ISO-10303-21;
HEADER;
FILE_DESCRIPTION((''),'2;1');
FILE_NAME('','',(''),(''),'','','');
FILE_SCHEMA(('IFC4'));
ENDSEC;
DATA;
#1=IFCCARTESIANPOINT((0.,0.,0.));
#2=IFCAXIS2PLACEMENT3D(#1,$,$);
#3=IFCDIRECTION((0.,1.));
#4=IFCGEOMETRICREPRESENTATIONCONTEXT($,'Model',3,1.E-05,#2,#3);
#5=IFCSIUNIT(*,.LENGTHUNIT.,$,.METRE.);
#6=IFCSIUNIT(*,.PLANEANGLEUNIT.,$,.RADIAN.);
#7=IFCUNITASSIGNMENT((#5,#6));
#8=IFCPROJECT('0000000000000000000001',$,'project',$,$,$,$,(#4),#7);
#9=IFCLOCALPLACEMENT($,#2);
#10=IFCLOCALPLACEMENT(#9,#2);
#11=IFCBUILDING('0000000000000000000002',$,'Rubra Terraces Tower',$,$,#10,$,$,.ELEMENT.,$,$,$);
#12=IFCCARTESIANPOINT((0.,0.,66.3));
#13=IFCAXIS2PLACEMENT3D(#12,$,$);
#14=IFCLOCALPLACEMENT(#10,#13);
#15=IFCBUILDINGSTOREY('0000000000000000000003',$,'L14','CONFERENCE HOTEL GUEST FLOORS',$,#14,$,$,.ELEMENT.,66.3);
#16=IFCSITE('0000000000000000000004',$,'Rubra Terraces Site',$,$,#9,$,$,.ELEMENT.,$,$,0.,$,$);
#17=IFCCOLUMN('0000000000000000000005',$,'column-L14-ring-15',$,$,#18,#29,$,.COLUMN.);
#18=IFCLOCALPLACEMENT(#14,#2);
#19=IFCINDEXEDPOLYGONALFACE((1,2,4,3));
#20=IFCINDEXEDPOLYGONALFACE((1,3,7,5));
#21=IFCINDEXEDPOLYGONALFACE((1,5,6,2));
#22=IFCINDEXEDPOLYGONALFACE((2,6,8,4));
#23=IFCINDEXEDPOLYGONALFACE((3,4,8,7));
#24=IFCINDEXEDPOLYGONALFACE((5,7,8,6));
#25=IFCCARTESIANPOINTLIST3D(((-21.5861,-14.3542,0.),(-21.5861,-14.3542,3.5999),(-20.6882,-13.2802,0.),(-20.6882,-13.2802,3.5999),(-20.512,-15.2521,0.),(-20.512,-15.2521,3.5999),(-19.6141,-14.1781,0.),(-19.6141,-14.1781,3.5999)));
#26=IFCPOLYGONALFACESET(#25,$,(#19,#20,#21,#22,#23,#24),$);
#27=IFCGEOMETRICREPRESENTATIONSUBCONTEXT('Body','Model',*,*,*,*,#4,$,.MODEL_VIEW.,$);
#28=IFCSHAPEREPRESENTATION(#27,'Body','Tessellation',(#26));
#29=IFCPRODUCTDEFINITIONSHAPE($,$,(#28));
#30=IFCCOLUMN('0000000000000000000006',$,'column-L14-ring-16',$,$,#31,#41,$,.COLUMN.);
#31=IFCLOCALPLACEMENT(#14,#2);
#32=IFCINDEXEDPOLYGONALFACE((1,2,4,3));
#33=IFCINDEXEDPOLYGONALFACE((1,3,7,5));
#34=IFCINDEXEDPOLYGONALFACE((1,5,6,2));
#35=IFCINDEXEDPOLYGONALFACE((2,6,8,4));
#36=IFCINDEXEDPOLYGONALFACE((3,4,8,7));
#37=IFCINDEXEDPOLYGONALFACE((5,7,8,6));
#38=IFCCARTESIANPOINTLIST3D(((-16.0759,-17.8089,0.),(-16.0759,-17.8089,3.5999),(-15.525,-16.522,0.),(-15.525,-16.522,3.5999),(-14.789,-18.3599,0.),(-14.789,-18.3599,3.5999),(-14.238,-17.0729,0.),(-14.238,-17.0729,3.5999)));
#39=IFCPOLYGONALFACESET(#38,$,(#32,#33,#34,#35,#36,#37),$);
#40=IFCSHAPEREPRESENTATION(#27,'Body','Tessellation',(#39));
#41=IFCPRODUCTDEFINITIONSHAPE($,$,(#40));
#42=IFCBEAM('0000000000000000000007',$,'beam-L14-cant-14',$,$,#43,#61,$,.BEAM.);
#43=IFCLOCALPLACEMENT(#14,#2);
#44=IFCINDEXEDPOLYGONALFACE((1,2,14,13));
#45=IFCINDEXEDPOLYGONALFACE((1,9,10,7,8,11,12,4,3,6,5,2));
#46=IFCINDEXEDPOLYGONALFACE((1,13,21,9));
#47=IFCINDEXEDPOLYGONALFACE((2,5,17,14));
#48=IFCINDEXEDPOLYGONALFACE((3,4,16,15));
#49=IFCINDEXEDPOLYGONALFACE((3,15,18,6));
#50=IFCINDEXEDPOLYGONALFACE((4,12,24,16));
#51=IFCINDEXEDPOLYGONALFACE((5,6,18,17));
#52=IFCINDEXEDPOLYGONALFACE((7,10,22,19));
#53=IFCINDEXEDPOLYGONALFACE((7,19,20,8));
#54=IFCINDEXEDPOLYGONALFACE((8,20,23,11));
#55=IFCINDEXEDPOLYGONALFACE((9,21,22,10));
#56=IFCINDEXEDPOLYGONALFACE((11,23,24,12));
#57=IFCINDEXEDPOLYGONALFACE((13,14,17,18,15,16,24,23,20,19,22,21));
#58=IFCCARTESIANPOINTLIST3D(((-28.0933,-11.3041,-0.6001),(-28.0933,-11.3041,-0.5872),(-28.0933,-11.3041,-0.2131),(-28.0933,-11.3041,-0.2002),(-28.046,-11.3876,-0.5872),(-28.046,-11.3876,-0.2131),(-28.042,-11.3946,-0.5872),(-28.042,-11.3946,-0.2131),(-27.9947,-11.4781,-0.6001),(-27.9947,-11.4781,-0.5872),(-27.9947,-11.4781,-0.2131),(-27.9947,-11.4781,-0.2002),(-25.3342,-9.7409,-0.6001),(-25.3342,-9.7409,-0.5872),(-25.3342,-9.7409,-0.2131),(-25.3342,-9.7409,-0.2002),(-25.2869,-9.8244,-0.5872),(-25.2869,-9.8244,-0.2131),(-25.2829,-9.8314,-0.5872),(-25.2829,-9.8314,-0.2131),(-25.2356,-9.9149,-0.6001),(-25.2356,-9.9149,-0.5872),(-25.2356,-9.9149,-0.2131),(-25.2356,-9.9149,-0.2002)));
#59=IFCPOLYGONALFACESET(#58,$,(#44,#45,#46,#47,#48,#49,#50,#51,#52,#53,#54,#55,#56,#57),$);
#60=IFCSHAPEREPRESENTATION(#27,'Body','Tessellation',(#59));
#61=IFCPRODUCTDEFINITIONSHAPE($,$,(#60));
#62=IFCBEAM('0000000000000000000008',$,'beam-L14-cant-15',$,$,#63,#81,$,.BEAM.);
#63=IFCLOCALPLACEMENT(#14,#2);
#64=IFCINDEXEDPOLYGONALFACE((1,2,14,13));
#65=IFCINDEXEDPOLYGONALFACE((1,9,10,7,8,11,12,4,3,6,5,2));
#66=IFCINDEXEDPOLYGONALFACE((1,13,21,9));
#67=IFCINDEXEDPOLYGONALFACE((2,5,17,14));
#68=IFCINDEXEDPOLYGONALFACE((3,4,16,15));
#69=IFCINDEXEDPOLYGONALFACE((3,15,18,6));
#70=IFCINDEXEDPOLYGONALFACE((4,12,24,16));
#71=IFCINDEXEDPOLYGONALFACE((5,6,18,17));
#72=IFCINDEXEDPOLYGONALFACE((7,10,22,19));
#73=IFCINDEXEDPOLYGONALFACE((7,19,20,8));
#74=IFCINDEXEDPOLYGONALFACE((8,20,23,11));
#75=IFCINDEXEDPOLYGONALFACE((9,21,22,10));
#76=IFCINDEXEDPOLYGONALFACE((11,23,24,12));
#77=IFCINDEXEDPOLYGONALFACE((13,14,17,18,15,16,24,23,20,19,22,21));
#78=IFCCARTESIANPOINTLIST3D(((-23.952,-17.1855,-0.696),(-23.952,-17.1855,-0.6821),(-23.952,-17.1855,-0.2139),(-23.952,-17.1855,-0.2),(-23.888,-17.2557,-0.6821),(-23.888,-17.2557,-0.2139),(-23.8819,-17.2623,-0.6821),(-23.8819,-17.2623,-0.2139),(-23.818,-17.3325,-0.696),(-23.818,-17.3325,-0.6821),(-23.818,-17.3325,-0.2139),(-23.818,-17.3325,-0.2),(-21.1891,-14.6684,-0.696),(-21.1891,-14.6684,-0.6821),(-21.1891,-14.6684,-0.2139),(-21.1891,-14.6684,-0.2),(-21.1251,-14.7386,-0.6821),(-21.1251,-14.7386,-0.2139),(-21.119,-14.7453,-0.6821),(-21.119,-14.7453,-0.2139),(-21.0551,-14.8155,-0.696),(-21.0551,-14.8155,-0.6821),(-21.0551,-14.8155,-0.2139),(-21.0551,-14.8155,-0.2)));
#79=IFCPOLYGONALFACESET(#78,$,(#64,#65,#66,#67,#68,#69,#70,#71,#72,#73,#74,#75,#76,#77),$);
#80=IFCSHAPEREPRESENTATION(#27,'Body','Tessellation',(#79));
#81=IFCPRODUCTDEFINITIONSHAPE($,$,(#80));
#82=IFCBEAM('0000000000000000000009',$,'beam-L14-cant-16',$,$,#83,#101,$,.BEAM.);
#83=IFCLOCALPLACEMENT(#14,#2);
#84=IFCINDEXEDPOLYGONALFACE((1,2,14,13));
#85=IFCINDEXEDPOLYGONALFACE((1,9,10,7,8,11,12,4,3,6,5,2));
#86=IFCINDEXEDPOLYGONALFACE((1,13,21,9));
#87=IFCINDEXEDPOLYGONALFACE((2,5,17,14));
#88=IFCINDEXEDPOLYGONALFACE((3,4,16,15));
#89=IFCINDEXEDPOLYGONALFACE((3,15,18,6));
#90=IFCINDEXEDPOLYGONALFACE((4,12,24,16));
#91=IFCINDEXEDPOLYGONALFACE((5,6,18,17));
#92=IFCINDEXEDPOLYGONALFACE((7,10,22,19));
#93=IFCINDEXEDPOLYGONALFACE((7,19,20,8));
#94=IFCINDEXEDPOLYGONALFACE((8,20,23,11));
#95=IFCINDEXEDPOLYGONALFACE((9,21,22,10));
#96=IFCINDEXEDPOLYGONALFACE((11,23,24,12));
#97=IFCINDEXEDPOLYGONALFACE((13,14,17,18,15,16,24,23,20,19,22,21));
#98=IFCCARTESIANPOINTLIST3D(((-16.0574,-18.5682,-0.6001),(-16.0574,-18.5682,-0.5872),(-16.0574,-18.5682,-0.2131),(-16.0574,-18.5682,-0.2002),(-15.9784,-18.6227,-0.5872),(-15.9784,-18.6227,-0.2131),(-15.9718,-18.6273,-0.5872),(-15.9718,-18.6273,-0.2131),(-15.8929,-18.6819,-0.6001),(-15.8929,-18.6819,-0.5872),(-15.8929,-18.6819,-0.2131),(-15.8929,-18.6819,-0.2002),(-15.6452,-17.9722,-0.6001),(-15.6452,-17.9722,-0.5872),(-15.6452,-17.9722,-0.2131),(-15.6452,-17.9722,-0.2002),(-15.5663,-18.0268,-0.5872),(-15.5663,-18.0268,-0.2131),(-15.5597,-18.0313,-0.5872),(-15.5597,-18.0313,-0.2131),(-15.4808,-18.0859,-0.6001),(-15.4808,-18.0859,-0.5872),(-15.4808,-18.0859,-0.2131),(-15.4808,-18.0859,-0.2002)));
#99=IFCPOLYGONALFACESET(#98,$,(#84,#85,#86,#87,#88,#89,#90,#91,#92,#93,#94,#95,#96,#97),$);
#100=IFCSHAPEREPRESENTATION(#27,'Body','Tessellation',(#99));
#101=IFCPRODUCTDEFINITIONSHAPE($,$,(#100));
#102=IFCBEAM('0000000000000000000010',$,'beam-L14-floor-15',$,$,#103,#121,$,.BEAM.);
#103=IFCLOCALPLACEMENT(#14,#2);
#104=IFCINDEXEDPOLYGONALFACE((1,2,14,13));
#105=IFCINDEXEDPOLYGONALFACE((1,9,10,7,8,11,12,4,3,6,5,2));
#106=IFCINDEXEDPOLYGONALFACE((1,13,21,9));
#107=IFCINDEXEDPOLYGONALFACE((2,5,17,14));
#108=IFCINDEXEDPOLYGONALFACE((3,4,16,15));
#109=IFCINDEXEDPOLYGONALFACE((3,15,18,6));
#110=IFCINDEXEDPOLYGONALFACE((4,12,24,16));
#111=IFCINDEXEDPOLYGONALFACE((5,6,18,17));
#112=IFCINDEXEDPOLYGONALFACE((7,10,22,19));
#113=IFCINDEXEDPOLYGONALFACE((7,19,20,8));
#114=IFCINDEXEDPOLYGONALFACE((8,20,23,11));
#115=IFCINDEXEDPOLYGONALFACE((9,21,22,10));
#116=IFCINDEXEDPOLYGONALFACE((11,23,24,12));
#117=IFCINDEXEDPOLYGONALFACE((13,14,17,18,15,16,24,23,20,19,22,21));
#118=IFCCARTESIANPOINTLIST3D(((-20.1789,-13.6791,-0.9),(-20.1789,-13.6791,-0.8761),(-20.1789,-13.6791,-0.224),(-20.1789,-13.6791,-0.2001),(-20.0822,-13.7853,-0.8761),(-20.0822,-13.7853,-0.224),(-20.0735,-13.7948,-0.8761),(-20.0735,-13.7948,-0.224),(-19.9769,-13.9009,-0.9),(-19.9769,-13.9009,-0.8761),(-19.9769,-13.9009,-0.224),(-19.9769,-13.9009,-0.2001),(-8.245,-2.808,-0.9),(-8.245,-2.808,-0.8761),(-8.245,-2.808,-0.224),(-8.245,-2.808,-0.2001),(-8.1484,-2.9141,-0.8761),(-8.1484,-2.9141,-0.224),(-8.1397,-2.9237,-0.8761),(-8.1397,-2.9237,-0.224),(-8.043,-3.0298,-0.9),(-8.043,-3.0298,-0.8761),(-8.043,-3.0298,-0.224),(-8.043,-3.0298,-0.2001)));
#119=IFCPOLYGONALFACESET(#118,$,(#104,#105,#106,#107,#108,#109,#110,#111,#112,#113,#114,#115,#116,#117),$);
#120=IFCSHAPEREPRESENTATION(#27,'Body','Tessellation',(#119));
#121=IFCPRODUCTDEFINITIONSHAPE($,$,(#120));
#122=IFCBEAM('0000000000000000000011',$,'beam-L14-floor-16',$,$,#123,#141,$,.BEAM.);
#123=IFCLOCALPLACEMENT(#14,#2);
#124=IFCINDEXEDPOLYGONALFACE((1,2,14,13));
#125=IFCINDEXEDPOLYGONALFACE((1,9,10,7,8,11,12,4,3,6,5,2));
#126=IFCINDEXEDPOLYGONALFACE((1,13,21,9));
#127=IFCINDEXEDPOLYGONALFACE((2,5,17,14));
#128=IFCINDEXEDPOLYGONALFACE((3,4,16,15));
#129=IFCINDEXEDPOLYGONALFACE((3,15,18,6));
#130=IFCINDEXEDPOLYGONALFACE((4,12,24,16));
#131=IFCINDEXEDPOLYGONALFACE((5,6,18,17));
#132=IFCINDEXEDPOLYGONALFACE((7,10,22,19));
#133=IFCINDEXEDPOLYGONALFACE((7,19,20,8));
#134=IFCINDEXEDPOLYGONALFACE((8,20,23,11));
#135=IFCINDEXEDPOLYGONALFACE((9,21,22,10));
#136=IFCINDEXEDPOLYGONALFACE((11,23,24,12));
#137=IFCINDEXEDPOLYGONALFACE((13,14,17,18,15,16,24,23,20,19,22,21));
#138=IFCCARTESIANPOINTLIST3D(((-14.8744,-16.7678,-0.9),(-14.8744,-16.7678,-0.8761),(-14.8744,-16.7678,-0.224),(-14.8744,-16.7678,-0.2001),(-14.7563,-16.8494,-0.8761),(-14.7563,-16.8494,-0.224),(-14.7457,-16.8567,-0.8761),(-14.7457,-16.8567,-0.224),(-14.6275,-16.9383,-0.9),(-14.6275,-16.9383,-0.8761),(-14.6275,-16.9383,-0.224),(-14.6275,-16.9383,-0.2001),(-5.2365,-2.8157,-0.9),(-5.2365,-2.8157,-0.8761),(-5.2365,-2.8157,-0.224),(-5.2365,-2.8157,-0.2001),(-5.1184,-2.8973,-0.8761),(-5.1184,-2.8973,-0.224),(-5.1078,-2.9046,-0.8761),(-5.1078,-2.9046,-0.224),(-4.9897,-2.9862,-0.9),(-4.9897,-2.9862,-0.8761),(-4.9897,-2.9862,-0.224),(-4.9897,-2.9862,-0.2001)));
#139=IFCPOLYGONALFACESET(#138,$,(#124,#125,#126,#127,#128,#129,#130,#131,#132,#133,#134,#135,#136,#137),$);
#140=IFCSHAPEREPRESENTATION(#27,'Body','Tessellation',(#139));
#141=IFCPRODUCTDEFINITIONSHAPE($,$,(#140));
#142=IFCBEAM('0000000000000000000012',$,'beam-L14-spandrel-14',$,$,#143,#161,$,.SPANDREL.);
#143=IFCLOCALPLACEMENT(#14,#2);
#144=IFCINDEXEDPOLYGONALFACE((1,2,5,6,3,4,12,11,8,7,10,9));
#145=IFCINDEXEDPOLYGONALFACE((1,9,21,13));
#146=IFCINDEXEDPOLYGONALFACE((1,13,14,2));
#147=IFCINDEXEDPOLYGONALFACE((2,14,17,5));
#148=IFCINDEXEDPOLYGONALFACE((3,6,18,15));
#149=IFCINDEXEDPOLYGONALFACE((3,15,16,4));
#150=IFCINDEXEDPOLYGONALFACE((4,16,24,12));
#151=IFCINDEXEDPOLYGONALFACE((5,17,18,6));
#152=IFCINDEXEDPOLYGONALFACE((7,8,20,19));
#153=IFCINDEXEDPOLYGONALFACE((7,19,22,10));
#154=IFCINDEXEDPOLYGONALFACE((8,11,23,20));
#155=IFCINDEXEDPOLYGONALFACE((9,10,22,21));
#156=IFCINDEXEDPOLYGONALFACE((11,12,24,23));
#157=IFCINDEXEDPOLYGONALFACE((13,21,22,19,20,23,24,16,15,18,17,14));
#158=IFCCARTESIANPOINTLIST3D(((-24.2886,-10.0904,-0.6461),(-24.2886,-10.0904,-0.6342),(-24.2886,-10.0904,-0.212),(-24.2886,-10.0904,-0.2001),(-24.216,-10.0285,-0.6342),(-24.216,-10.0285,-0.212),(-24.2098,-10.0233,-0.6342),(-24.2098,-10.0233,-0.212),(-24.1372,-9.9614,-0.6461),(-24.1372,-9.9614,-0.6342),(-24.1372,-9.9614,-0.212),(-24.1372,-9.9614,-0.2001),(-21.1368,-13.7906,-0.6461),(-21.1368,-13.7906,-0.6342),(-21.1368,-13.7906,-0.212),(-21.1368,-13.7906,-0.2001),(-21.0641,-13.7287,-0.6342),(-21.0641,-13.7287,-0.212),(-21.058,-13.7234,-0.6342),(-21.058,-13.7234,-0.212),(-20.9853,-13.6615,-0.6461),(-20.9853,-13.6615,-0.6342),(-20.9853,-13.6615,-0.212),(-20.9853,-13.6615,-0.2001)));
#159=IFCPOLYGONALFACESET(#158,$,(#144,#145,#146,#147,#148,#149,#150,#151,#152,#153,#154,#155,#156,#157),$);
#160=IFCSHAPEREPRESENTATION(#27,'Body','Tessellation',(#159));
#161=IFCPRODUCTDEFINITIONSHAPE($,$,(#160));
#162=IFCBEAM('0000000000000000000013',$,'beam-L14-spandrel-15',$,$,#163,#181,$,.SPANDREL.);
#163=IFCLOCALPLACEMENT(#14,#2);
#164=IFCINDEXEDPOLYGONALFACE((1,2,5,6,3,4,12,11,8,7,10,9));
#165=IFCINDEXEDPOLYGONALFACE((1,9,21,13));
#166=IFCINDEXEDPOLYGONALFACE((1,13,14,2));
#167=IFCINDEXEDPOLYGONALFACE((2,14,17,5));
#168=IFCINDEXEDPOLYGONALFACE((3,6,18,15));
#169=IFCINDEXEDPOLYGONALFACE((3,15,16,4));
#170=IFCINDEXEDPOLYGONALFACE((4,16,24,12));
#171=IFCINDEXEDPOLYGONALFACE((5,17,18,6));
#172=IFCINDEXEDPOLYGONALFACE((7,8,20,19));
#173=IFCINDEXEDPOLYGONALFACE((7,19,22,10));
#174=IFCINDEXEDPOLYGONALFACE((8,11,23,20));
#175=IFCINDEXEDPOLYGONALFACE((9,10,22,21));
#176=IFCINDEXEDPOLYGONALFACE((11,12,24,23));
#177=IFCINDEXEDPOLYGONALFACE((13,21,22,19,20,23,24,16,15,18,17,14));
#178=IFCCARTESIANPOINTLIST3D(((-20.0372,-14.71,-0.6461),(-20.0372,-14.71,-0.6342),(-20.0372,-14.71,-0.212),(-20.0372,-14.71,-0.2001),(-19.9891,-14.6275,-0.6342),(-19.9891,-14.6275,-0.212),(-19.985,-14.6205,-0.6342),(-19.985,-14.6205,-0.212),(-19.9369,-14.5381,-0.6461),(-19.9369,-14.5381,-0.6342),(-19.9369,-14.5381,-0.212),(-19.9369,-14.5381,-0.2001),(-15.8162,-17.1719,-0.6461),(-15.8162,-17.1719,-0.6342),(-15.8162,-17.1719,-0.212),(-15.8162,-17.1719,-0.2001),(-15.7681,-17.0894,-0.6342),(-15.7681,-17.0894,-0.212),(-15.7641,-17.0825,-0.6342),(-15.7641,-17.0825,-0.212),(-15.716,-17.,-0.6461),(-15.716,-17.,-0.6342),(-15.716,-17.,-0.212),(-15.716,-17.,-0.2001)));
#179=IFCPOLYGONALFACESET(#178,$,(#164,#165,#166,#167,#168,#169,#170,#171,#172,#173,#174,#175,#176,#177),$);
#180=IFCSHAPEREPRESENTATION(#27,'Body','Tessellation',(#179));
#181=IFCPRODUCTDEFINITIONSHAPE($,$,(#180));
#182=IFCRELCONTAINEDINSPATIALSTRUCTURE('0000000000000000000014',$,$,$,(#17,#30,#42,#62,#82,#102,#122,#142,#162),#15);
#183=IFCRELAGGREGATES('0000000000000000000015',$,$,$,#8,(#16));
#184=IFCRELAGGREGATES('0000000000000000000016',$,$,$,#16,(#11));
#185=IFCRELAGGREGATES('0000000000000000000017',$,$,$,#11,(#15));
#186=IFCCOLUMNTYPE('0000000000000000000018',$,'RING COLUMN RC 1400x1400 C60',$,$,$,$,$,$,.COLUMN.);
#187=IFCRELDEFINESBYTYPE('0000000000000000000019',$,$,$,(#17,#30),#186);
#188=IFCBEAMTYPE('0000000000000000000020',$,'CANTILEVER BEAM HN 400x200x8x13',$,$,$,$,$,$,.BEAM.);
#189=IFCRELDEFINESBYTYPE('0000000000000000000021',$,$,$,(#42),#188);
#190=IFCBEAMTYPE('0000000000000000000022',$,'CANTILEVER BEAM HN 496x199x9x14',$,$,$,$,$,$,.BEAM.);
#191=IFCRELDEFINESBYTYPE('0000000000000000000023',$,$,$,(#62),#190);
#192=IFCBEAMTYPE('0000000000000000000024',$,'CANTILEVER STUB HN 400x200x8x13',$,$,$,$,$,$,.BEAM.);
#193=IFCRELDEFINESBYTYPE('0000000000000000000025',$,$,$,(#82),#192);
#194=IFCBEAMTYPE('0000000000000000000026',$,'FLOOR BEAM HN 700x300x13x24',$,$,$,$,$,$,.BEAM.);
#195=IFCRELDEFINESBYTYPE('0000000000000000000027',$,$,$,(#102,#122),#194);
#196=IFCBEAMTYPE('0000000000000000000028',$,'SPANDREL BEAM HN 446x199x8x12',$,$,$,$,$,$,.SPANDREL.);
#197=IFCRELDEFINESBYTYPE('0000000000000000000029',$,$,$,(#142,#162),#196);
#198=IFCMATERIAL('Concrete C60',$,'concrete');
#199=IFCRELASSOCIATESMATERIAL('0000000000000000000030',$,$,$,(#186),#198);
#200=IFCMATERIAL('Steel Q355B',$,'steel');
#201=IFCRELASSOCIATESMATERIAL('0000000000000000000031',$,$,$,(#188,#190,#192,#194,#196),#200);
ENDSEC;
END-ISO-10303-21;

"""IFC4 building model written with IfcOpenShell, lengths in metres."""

from ifc_helpers import new_model, si_unit, direction, frame, origin, origin_2d, place, context, subcontext, project, spatial, rectangle, i_section, extrude, material, material_profile, profile_set, type_object, element, save


model = new_model("IFC4")

# Units and contexts
model_context = context("Model", 3, precision=1e-05, world=origin(), true_north=direction((0.0, 1.0)))
body_context = subcontext(model_context, "Body", "Model", "MODEL_VIEW")
ifc_project = project(units=[si_unit("LENGTHUNIT", "METRE"), si_unit("PLANEANGLEUNIT", "RADIAN")], contexts=[model_context])

# Site, building, storey
site_placement = place(None, origin())
site = spatial("IfcSite", under=ifc_project, at=site_placement, Name="Rubra Terraces Site", CompositionType="ELEMENT", RefElevation=0.0)
building_placement = place(site_placement, origin())
building = spatial("IfcBuilding", under=site, at=building_placement, Name="Rubra Terraces Tower", CompositionType="ELEMENT")
storey_placement = place(building_placement, frame((0.0, 0.0, 66.3)))
storey = spatial("IfcBuildingStorey", under=building, at=storey_placement, Name="L14", Description="CONFERENCE HOTEL GUEST FLOORS", CompositionType="ELEMENT", Elevation=66.3)

# Columns
ifc_material_1 = material(Name="Concrete C60", Category="concrete")
ifc_material_profile_1 = material_profile(ifc_material_1, rectangle(XDim=1.3999, YDim=1.3999, at=origin_2d()), Name="RC 1400x1400")
ifc_profile_set_1 = profile_set([ifc_material_profile_1], Name="Concrete C60")
column_type = type_object("IfcColumnType", Name="RING COLUMN RC 1400x1400 C60", PredefinedType="COLUMN", material=ifc_profile_set_1)
for number, where, z_axis, x_axis, name in (
    (1, (-20.6001, -14.2661, 0.0), (0.0, 0.0, 1.0), (0.76721, -0.641397, 0.0), "column-L14-ring-15"),
    (2, (-15.157, -17.4409, 0.0), (0.0, 0.0, 1.0), (0.919294, -0.393572, 0.0), "column-L14-ring-16"),
):
    element("IfcColumn", number, at=place(storey_placement, frame(where, z_axis=z_axis, x_axis=x_axis)), inside=storey, type_object=column_type, Name=name, PredefinedType="COLUMN", context=body_context, shape_type="SweptSolid", body=[
        extrude(rectangle(XDim=1.3999, YDim=1.3999, at=origin_2d()), origin(), (0.0, 0.0, 1.0), 3.5999),
    ])

# Beams
ifc_material_2 = material(Name="Steel Q355B", Category="steel")
ifc_material_profile_2 = material_profile(ifc_material_2, i_section(OverallWidth=0.2, OverallDepth=0.3999, WebThickness=0.0081, FlangeThickness=0.0129, at=origin_2d()), Name="HN 400x200x8x13")
ifc_profile_set_2 = profile_set([ifc_material_profile_2], Name="Steel Q355B")
beam_type_1 = type_object("IfcBeamType", Name="CANTILEVER BEAM HN 400x200x8x13", PredefinedType="BEAM", material=ifc_profile_set_2)
beam_1_placement = place(storey_placement, frame((-25.2849, -9.8279, -0.4001), z_axis=(-0.870052, -0.49296, 0.0), x_axis=(0.49296, -0.870052, 0.0)))
element("IfcBeam", 3, at=beam_1_placement, inside=storey, type_object=beam_type_1, Name="beam-L14-cant-14", PredefinedType="BEAM", context=body_context, shape_type="SweptSolid", body=[
    extrude(i_section(OverallWidth=0.2, OverallDepth=0.3999, WebThickness=0.0081, FlangeThickness=0.0129, at=origin_2d()), origin(), (0.0, 0.0, 1.0), 3.1711),
])
ifc_material_profile_3 = material_profile(ifc_material_2, i_section(OverallWidth=0.199, OverallDepth=0.4961, WebThickness=0.009, FlangeThickness=0.0139, at=origin_2d()), Name="HN 496x199x9x14")
ifc_profile_set_3 = profile_set([ifc_material_profile_3], Name="Steel Q355B")
beam_type_2 = type_object("IfcBeamType", Name="CANTILEVER BEAM HN 496x199x9x14", PredefinedType="BEAM", material=ifc_profile_set_3)
beam_2_placement = place(storey_placement, frame((-21.1221, -14.7419, -0.448), z_axis=(-0.73923, -0.673453, 0.0), x_axis=(0.673453, -0.73923, 0.0)))
element("IfcBeam", 4, at=beam_2_placement, inside=storey, type_object=beam_type_2, Name="beam-L14-cant-15", PredefinedType="BEAM", context=body_context, shape_type="SweptSolid", body=[
    extrude(i_section(OverallWidth=0.199, OverallDepth=0.4961, WebThickness=0.009, FlangeThickness=0.0139, at=origin_2d()), origin(), (0.0, 0.0, 1.0), 3.7375),
])
ifc_material_profile_4 = material_profile(ifc_material_2, i_section(OverallWidth=0.2, OverallDepth=0.3999, WebThickness=0.0081, FlangeThickness=0.0129, at=origin_2d()), Name="HN 400x200x8x13")
ifc_profile_set_4 = profile_set([ifc_material_profile_4], Name="Steel Q355B")
beam_type_3 = type_object("IfcBeamType", Name="CANTILEVER STUB HN 400x200x8x13", PredefinedType="BEAM", material=ifc_profile_set_4)
beam_3_placement = place(storey_placement, frame((-15.563, -18.0291, -0.4001), z_axis=(-0.568772, -0.822495, 0.0), x_axis=(0.822495, -0.568772, 0.0)))
element("IfcBeam", 5, at=beam_3_placement, inside=storey, type_object=beam_type_3, Name="beam-L14-cant-16", PredefinedType="BEAM", context=body_context, shape_type="SweptSolid", body=[
    extrude(i_section(OverallWidth=0.2, OverallDepth=0.3999, WebThickness=0.0081, FlangeThickness=0.0129, at=origin_2d()), origin(), (0.0, 0.0, 1.0), 0.7246),
])
ifc_material_profile_5 = material_profile(ifc_material_2, i_section(OverallWidth=0.3, OverallDepth=0.7, WebThickness=0.0129, FlangeThickness=0.0239, at=origin_2d()), Name="HN 700x300x13x24")
ifc_profile_set_5 = profile_set([ifc_material_profile_5], Name="Steel Q355B")
beam_type_4 = type_object("IfcBeamType", Name="FLOOR BEAM HN 700x300x13x24", PredefinedType="BEAM", material=ifc_profile_set_5)
beam_4_placement = place(storey_placement, frame((-20.0779, -13.79, -0.55), z_axis=(0.739257, 0.673424, 0.0), x_axis=(-0.673424, 0.739257, 0.0)))
element("IfcBeam", 6, at=beam_4_placement, inside=storey, type_object=beam_type_4, Name="beam-L14-floor-15", PredefinedType="BEAM", context=body_context, shape_type="SweptSolid", body=[
    extrude(i_section(OverallWidth=0.3, OverallDepth=0.7, WebThickness=0.0129, FlangeThickness=0.0239, at=origin_2d()), origin(), (0.0, 0.0, 1.0), 16.1431),
])
beam_5_placement = place(storey_placement, frame((-14.751, -16.853, -0.55), z_axis=(0.568363, 0.822778, 0.0), x_axis=(-0.822778, 0.568363, 0.0)))
element("IfcBeam", 7, at=beam_5_placement, inside=storey, type_object=beam_type_4, Name="beam-L14-floor-16", PredefinedType="BEAM", context=body_context, shape_type="SweptSolid", body=[
    extrude(i_section(OverallWidth=0.3, OverallDepth=0.7, WebThickness=0.0129, FlangeThickness=0.0239, at=origin_2d()), origin(), (0.0, 0.0, 1.0), 16.9573),
])
ifc_material_profile_6 = material_profile(ifc_material_2, i_section(OverallWidth=0.199, OverallDepth=0.446, WebThickness=0.0081, FlangeThickness=0.012, at=origin_2d()), Name="HN 446x199x8x12")
ifc_profile_set_6 = profile_set([ifc_material_profile_6], Name="Steel Q355B")
beam_type_5 = type_object("IfcBeamType", Name="SPANDREL BEAM HN 446x199x8x12", PredefinedType="SPANDREL", material=ifc_profile_set_6)
beam_6_placement = place(storey_placement, frame((-24.2129, -10.0259, -0.4231), z_axis=(0.648447, -0.76126, 0.0), x_axis=(0.76126, 0.648447, 0.0)))
element("IfcBeam", 8, at=beam_6_placement, inside=storey, type_object=beam_type_5, Name="beam-L14-spandrel-14", PredefinedType="SPANDREL", context=body_context, shape_type="SweptSolid", body=[
    extrude(i_section(OverallWidth=0.199, OverallDepth=0.446, WebThickness=0.0081, FlangeThickness=0.012, at=origin_2d()), origin(), (0.0, 0.0, 1.0), 4.8606),
])
beam_7_placement = place(storey_placement, frame((-19.9871, -14.624, -0.4231), z_axis=(0.863806, -0.503824, 0.0), x_axis=(0.503824, 0.863806, 0.0)))
element("IfcBeam", 9, at=beam_7_placement, inside=storey, type_object=beam_type_5, Name="beam-L14-spandrel-15", PredefinedType="SPANDREL", context=body_context, shape_type="SweptSolid", body=[
    extrude(i_section(OverallWidth=0.199, OverallDepth=0.446, WebThickness=0.0081, FlangeThickness=0.012, at=origin_2d()), origin(), (0.0, 0.0, 1.0), 4.8865),
])

save(model, "model.ifc")
